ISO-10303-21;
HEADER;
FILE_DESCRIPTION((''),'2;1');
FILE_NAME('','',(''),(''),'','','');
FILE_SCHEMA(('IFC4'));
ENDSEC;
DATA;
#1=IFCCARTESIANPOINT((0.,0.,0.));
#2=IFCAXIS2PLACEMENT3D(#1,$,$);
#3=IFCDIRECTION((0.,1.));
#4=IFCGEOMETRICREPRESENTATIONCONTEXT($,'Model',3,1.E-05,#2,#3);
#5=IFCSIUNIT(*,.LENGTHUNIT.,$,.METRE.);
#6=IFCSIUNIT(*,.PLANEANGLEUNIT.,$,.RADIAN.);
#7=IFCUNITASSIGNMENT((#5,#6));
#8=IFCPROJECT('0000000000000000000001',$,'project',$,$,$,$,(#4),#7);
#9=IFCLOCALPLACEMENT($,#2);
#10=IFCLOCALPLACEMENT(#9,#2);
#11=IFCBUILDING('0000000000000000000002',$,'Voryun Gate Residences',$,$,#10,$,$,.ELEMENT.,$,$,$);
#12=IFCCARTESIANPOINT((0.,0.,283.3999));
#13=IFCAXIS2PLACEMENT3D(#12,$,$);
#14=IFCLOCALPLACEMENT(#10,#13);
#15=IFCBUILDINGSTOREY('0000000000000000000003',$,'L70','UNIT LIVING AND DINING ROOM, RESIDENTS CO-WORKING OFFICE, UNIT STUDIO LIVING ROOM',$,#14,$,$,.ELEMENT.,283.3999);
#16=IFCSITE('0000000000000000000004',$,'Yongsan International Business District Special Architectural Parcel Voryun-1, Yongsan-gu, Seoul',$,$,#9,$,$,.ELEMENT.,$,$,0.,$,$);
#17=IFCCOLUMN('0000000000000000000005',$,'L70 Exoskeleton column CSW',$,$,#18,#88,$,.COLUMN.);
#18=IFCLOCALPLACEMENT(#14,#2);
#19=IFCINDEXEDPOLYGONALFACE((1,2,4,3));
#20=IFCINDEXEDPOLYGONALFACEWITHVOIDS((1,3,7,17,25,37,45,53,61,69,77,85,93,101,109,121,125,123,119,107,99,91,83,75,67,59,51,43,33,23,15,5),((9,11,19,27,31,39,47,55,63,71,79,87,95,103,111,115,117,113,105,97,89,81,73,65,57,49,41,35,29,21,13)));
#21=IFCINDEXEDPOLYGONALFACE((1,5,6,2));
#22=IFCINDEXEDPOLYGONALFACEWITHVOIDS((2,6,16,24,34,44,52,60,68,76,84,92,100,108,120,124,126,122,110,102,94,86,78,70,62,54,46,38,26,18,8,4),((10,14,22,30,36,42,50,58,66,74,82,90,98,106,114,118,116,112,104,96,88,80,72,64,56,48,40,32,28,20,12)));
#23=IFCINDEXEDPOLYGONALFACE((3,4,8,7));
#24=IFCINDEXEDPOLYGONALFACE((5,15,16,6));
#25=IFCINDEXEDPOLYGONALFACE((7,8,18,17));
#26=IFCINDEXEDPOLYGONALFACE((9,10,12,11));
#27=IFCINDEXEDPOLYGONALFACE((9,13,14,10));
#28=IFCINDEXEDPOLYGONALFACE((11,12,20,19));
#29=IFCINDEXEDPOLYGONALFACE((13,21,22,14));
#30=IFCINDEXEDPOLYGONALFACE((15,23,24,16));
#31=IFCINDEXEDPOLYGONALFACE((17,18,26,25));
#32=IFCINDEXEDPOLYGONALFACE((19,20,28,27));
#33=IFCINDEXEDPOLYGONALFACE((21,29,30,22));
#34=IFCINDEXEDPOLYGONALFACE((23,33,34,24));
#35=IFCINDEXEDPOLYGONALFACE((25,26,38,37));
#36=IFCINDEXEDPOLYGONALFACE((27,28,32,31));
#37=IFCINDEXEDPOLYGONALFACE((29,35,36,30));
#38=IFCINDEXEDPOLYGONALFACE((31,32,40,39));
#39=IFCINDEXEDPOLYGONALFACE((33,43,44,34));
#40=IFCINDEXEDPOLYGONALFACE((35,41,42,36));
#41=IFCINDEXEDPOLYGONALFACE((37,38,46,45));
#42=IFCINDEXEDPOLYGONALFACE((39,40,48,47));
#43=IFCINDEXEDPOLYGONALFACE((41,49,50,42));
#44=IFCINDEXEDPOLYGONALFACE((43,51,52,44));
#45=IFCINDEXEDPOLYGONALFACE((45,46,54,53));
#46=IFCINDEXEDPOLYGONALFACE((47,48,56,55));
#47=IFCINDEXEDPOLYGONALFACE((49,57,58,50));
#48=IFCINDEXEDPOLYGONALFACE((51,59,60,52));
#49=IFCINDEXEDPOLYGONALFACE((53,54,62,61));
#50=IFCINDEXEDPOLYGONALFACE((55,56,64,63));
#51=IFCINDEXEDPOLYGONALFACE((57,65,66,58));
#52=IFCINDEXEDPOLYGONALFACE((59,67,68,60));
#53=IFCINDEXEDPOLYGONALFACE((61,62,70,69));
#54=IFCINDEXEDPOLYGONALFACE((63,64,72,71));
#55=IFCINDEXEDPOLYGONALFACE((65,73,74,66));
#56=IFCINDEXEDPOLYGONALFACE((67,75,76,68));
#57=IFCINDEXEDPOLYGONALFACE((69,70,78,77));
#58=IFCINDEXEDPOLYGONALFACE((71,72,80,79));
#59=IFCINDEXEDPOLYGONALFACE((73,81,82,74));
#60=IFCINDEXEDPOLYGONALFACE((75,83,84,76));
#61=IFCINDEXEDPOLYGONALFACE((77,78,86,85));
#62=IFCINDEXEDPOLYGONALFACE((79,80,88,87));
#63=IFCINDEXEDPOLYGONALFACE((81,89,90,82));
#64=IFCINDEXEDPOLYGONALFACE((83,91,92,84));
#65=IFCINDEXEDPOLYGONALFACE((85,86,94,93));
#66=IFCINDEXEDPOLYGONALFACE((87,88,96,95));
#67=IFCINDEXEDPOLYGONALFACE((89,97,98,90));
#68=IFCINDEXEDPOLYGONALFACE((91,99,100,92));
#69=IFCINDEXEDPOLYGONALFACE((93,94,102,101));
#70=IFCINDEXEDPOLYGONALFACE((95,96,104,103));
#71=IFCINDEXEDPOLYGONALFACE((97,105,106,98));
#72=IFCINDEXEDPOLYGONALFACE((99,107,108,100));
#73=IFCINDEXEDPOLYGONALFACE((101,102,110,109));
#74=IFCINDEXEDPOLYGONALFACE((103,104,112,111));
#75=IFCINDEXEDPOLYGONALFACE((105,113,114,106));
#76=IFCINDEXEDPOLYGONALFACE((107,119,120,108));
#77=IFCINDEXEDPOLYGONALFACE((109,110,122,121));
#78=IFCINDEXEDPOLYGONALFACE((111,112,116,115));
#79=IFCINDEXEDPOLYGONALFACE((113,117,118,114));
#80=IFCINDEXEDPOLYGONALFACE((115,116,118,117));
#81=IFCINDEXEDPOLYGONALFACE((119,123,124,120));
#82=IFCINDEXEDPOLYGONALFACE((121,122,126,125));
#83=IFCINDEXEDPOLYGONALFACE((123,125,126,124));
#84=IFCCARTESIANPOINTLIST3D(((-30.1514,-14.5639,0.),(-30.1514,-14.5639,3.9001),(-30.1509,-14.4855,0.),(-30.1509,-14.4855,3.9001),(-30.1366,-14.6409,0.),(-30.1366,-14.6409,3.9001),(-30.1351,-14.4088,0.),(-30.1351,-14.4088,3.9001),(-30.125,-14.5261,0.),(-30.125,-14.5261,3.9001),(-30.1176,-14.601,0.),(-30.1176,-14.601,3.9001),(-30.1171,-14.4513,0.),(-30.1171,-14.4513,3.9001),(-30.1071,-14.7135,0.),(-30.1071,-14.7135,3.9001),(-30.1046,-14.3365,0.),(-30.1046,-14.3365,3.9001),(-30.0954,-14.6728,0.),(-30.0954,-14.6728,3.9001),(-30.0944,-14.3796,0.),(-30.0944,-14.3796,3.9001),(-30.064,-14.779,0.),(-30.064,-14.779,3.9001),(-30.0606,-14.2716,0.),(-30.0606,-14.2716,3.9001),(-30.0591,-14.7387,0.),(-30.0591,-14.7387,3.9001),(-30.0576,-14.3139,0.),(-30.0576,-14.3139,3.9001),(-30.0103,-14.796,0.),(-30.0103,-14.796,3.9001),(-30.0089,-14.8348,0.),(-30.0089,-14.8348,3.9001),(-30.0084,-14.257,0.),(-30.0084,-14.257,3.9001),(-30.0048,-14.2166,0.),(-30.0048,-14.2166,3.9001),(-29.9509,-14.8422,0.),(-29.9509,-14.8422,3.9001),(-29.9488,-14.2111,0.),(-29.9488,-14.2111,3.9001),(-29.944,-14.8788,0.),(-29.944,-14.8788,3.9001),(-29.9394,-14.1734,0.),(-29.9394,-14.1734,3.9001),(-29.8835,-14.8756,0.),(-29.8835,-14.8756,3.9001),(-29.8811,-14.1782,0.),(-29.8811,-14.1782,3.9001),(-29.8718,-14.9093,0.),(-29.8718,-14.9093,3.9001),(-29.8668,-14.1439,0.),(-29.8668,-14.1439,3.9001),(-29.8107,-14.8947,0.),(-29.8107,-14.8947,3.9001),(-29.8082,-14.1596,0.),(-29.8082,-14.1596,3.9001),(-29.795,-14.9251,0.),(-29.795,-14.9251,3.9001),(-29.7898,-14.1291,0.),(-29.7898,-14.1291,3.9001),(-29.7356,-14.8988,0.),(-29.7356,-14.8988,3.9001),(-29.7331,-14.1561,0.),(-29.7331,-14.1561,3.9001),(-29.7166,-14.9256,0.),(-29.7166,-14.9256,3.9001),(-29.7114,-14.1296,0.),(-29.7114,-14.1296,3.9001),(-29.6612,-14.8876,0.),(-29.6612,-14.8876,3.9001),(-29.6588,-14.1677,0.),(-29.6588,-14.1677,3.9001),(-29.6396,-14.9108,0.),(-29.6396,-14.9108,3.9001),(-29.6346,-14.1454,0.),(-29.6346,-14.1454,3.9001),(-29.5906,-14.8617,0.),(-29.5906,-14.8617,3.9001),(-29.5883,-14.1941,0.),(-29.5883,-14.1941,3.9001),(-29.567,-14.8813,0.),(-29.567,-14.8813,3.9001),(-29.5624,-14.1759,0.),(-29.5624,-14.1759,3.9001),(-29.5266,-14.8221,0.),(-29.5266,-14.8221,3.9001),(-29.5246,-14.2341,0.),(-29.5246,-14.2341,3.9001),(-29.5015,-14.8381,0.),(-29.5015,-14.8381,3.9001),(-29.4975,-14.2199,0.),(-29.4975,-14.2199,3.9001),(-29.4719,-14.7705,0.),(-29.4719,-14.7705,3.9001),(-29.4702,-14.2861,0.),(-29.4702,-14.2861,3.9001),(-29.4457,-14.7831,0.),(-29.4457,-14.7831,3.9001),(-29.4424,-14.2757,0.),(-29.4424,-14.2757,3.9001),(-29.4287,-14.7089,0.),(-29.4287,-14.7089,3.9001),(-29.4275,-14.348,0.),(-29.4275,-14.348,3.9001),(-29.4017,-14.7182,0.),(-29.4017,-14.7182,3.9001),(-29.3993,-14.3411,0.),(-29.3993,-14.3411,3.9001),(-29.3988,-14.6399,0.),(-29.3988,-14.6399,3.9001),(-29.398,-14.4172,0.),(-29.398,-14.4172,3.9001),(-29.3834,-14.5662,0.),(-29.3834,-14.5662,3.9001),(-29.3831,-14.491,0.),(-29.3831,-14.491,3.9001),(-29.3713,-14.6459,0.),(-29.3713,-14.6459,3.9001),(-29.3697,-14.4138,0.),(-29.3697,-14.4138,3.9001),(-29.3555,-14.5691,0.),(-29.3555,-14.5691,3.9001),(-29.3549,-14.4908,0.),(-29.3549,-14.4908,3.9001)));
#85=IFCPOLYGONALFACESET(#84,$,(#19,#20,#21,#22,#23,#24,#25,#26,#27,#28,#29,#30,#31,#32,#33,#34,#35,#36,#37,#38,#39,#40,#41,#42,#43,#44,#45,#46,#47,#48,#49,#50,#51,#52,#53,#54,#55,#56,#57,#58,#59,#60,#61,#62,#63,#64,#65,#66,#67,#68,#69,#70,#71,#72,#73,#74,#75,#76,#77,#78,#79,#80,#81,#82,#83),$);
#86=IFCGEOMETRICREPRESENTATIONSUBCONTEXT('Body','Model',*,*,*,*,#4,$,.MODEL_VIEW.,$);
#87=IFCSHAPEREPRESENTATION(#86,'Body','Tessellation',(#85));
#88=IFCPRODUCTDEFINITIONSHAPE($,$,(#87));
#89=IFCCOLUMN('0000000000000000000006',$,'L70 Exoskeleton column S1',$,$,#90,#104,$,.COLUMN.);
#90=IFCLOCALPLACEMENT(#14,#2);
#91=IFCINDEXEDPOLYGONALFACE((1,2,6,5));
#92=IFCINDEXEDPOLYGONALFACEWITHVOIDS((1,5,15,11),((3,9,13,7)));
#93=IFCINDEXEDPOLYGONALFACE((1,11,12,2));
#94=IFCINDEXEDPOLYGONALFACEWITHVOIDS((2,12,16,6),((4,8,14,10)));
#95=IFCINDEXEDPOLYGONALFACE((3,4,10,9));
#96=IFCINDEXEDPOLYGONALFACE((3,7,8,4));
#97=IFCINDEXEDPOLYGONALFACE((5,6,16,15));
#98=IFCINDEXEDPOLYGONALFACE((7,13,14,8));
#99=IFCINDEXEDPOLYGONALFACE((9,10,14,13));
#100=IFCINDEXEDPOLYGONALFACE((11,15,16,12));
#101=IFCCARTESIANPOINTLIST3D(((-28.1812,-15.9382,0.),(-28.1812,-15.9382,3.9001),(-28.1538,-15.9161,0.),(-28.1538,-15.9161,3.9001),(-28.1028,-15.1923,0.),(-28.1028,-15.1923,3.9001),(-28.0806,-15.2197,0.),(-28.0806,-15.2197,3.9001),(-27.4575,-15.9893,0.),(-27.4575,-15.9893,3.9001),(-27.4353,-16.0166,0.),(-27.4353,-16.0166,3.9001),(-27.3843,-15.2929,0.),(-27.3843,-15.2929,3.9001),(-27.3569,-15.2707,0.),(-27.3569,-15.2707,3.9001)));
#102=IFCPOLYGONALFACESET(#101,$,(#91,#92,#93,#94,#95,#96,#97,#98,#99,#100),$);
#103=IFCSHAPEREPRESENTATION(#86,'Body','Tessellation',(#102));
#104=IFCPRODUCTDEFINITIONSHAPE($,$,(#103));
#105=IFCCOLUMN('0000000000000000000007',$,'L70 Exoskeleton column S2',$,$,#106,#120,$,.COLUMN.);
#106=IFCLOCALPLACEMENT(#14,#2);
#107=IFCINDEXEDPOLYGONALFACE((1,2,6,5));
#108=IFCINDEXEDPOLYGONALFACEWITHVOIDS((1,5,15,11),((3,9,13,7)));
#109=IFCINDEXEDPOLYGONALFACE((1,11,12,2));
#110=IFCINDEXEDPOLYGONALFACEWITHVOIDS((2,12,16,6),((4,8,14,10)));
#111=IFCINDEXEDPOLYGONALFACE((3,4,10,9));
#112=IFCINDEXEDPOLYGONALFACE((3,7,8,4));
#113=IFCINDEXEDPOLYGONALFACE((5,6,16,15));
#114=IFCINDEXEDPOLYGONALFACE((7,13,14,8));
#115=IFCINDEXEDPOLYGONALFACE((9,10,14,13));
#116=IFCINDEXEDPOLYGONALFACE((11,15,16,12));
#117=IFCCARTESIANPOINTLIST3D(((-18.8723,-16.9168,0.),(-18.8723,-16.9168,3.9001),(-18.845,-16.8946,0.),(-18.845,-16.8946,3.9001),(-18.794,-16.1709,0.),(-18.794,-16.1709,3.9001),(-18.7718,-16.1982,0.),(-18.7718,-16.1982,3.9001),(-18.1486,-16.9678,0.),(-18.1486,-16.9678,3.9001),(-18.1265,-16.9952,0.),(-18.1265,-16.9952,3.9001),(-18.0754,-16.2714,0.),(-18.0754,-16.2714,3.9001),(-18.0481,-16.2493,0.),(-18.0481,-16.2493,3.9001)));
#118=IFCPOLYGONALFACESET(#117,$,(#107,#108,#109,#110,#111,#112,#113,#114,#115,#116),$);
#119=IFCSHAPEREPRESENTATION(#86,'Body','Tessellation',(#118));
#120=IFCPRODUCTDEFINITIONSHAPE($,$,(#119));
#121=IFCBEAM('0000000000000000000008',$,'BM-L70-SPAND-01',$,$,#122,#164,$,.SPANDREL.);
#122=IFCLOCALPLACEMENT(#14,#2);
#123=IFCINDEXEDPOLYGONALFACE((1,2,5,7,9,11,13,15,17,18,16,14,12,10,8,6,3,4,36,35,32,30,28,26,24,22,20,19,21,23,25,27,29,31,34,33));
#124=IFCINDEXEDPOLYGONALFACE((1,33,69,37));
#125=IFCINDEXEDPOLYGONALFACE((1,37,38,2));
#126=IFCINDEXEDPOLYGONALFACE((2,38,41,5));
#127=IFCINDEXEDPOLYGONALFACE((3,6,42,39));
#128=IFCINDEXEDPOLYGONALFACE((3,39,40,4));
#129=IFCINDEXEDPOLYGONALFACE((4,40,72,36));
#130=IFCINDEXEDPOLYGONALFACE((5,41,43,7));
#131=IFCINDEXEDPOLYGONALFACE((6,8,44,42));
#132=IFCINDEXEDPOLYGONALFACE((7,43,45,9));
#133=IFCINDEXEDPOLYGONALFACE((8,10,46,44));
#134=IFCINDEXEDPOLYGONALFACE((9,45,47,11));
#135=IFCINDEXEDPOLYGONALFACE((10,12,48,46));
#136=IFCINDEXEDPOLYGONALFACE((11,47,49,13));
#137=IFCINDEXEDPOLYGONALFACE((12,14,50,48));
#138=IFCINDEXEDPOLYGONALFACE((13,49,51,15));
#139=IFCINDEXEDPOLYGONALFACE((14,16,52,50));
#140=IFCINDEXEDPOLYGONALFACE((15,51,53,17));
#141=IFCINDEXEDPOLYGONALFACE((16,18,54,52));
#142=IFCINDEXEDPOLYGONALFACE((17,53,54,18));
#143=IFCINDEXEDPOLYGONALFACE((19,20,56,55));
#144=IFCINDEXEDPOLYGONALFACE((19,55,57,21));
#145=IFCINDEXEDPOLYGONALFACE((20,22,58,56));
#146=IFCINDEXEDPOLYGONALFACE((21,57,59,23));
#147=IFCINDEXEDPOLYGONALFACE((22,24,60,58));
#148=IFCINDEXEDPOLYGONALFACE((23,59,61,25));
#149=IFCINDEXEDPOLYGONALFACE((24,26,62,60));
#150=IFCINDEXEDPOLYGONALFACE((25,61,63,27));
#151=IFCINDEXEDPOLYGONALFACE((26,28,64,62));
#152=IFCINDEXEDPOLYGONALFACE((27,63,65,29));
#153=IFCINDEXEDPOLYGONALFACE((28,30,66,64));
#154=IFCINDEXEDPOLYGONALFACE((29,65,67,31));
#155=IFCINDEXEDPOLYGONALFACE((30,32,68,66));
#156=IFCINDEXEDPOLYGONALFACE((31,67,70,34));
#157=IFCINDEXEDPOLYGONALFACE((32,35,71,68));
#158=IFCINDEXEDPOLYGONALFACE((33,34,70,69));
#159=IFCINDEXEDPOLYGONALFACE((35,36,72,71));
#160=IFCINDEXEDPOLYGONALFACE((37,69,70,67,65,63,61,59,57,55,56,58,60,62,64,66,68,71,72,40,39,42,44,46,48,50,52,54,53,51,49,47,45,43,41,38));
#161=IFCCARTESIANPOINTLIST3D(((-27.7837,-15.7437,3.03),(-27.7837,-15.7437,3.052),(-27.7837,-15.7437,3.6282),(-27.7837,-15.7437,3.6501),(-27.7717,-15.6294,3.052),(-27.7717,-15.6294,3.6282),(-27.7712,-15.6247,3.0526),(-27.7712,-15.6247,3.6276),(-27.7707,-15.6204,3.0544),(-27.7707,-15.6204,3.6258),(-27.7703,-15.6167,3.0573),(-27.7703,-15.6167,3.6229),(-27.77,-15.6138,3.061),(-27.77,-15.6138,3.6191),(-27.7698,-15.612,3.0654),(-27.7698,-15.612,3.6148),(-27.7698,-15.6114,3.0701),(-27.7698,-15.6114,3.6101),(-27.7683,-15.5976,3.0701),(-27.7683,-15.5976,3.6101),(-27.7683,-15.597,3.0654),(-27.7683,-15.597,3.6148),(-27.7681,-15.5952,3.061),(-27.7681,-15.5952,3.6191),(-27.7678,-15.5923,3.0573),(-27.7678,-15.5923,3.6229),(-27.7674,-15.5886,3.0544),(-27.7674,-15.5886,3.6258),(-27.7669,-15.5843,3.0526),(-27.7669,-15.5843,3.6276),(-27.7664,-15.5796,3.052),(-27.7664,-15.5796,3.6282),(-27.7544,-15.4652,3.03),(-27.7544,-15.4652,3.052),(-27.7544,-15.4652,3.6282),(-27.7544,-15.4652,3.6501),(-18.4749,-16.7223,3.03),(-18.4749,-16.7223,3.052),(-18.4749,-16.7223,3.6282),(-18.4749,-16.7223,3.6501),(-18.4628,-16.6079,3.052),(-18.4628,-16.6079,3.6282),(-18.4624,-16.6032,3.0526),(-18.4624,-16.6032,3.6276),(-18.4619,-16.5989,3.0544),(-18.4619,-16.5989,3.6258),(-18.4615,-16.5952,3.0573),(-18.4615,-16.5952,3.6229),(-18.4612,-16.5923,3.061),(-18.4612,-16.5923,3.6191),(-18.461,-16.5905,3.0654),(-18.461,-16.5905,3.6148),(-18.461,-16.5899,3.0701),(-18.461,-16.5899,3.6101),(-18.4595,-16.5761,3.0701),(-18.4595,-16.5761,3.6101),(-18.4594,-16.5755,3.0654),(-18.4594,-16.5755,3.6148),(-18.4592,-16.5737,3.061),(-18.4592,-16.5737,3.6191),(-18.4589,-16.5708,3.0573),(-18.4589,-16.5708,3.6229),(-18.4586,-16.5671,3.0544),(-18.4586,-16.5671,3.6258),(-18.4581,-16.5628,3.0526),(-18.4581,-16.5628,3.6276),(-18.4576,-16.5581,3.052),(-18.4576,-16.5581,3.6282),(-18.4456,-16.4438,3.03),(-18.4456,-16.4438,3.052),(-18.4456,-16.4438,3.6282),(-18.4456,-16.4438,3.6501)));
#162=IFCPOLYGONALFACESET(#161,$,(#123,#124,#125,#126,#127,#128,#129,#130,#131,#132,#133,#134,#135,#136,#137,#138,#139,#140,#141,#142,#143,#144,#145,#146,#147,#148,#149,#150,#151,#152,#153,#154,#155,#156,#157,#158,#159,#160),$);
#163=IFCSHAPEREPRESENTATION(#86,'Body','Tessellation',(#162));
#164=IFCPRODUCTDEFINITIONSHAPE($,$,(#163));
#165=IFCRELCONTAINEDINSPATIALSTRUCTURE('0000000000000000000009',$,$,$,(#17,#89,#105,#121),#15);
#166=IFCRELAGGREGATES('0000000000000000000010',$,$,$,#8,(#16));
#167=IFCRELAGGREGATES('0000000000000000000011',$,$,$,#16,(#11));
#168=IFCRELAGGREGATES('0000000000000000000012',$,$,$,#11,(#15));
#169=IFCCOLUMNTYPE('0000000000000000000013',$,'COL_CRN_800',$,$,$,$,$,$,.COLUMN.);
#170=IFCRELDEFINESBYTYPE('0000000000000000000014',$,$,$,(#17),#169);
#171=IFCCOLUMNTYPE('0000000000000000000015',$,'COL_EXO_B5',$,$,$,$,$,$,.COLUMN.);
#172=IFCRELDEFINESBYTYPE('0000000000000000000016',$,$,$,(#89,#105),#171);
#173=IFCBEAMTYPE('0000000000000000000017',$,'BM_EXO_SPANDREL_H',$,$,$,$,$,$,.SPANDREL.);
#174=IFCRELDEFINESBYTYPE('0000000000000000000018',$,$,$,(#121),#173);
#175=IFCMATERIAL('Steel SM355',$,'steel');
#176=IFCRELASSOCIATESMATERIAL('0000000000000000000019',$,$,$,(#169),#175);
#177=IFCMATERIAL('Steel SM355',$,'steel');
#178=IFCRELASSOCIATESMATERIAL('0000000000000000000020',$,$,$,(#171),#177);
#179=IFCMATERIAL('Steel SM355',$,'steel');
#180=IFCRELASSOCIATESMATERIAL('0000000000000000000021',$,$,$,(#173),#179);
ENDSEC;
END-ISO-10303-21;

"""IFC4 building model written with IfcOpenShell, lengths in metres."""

from ifc_helpers import new_model, si_unit, direction, frame, origin, origin_2d, place, context, subcontext, project, spatial, hollow_rectangle, hollow_circle, i_section, extrude, material, material_profile, profile_set, type_object, element, save


model = new_model("IFC4")

# Units and contexts
model_context = context("Model", 3, precision=1e-05, world=origin(), true_north=direction((0.0, 1.0)))
body_context = subcontext(model_context, "Body", "Model", "MODEL_VIEW")
ifc_project = project(units=[si_unit("LENGTHUNIT", "METRE"), si_unit("PLANEANGLEUNIT", "RADIAN")], contexts=[model_context])

# Site, building, storey
site_placement = place(None, origin())
site = spatial("IfcSite", under=ifc_project, at=site_placement, Name="Yongsan International Business District Special Architectural Parcel Voryun-1, Yongsan-gu, Seoul", CompositionType="ELEMENT", RefElevation=0.0)
building_placement = place(site_placement, origin())
building = spatial("IfcBuilding", under=site, at=building_placement, Name="Voryun Gate Residences", CompositionType="ELEMENT")
storey_placement = place(building_placement, frame((0.0, 0.0, 283.3999)))
storey = spatial("IfcBuildingStorey", under=building, at=storey_placement, Name="L70", Description="UNIT LIVING AND DINING ROOM, RESIDENTS CO-WORKING OFFICE, UNIT STUDIO LIVING ROOM", CompositionType="ELEMENT", Elevation=283.3999)

# Columns
ifc_material_1 = material(Name="Steel SM355", Category="steel")
ifc_material_profile_1 = material_profile(ifc_material_1, hollow_circle(Radius=0.3999, WallThickness=0.0281, at=origin_2d()), Name="CHS-800x28")
ifc_profile_set_1 = profile_set([ifc_material_profile_1], Name="Steel SM355")
column_type_1 = type_object("IfcColumnType", Name="COL_CRN_800", PredefinedType="COLUMN", material=ifc_profile_set_1)
column_placement = place(storey_placement, frame((-29.7532, -14.5273, 0.0), z_axis=(0.0, 0.0, 1.0), x_axis=(0.994522, -0.104528, 0.0)))
element("IfcColumn", 1, at=column_placement, inside=storey, type_object=column_type_1, Name="L70 Exoskeleton column CSW", PredefinedType="COLUMN", context=body_context, shape_type="SweptSolid", body=[
    extrude(hollow_circle(Radius=0.3999, WallThickness=0.0281, at=origin_2d()), origin(), (0.0, 0.0, 1.0), 3.9001),
])
ifc_material_2 = material(Name="Steel SM355", Category="steel")
ifc_material_profile_2 = material_profile(ifc_material_2, hollow_rectangle(XDim=0.75, YDim=0.75, WallThickness=0.0249, at=origin_2d()), Name="BOX-750x750x25")
ifc_profile_set_2 = profile_set([ifc_material_profile_2], Name="Steel SM355")
column_type_2 = type_object("IfcColumnType", Name="COL_EXO_B5", PredefinedType="COLUMN", material=ifc_profile_set_2)
for number, where, z_axis, x_axis, name in (
    (2, (-27.769, -15.6045, 0.0), (0.0, 0.0, 1.0), (0.994522, -0.104528, 0.0), "L70 Exoskeleton column S1"),
    (3, (-18.4602, -16.583, 0.0), (0.0, 0.0, 1.0), (0.994522, -0.104528, 0.0), "L70 Exoskeleton column S2"),
):
    element("IfcColumn", number, at=place(storey_placement, frame(where, z_axis=z_axis, x_axis=x_axis)), inside=storey, type_object=column_type_2, Name=name, PredefinedType="COLUMN", context=body_context, shape_type="SweptSolid", body=[
        extrude(hollow_rectangle(XDim=0.75, YDim=0.75, WallThickness=0.0249, at=origin_2d()), origin(), (0.0, 0.0, 1.0), 3.9001),
    ])

# Beam
ifc_material_3 = material(Name="Steel SM355", Category="steel")
ifc_material_profile_3 = material_profile(ifc_material_3, i_section(OverallWidth=0.28, OverallDepth=0.6201, WebThickness=0.0139, FlangeThickness=0.022, FilletRadius=0.0181, at=origin_2d()), Name="H-620x280x14x22")
ifc_profile_set_3 = profile_set([ifc_material_profile_3], Name="Steel SM355")
beam_type = type_object("IfcBeamType", Name="BM_EXO_SPANDREL_H", PredefinedType="SPANDREL", material=ifc_profile_set_3)
beam_1_placement = place(storey_placement, frame((-27.769, -15.6045, 3.3401), z_axis=(0.994521, -0.104541, 0.0), x_axis=(0.104541, 0.994521, 0.0)))
element("IfcBeam", 4, at=beam_1_placement, inside=storey, type_object=beam_type, Name="BM-L70-SPAND-01", PredefinedType="SPANDREL", context=body_context, shape_type="SweptSolid", body=[
    extrude(i_section(OverallWidth=0.28, OverallDepth=0.6201, WebThickness=0.0139, FlangeThickness=0.022, FilletRadius=0.0181, at=origin_2d()), origin(), (0.0, 0.0, 1.0), 9.3601),
])

save(model, "model.ifc")
